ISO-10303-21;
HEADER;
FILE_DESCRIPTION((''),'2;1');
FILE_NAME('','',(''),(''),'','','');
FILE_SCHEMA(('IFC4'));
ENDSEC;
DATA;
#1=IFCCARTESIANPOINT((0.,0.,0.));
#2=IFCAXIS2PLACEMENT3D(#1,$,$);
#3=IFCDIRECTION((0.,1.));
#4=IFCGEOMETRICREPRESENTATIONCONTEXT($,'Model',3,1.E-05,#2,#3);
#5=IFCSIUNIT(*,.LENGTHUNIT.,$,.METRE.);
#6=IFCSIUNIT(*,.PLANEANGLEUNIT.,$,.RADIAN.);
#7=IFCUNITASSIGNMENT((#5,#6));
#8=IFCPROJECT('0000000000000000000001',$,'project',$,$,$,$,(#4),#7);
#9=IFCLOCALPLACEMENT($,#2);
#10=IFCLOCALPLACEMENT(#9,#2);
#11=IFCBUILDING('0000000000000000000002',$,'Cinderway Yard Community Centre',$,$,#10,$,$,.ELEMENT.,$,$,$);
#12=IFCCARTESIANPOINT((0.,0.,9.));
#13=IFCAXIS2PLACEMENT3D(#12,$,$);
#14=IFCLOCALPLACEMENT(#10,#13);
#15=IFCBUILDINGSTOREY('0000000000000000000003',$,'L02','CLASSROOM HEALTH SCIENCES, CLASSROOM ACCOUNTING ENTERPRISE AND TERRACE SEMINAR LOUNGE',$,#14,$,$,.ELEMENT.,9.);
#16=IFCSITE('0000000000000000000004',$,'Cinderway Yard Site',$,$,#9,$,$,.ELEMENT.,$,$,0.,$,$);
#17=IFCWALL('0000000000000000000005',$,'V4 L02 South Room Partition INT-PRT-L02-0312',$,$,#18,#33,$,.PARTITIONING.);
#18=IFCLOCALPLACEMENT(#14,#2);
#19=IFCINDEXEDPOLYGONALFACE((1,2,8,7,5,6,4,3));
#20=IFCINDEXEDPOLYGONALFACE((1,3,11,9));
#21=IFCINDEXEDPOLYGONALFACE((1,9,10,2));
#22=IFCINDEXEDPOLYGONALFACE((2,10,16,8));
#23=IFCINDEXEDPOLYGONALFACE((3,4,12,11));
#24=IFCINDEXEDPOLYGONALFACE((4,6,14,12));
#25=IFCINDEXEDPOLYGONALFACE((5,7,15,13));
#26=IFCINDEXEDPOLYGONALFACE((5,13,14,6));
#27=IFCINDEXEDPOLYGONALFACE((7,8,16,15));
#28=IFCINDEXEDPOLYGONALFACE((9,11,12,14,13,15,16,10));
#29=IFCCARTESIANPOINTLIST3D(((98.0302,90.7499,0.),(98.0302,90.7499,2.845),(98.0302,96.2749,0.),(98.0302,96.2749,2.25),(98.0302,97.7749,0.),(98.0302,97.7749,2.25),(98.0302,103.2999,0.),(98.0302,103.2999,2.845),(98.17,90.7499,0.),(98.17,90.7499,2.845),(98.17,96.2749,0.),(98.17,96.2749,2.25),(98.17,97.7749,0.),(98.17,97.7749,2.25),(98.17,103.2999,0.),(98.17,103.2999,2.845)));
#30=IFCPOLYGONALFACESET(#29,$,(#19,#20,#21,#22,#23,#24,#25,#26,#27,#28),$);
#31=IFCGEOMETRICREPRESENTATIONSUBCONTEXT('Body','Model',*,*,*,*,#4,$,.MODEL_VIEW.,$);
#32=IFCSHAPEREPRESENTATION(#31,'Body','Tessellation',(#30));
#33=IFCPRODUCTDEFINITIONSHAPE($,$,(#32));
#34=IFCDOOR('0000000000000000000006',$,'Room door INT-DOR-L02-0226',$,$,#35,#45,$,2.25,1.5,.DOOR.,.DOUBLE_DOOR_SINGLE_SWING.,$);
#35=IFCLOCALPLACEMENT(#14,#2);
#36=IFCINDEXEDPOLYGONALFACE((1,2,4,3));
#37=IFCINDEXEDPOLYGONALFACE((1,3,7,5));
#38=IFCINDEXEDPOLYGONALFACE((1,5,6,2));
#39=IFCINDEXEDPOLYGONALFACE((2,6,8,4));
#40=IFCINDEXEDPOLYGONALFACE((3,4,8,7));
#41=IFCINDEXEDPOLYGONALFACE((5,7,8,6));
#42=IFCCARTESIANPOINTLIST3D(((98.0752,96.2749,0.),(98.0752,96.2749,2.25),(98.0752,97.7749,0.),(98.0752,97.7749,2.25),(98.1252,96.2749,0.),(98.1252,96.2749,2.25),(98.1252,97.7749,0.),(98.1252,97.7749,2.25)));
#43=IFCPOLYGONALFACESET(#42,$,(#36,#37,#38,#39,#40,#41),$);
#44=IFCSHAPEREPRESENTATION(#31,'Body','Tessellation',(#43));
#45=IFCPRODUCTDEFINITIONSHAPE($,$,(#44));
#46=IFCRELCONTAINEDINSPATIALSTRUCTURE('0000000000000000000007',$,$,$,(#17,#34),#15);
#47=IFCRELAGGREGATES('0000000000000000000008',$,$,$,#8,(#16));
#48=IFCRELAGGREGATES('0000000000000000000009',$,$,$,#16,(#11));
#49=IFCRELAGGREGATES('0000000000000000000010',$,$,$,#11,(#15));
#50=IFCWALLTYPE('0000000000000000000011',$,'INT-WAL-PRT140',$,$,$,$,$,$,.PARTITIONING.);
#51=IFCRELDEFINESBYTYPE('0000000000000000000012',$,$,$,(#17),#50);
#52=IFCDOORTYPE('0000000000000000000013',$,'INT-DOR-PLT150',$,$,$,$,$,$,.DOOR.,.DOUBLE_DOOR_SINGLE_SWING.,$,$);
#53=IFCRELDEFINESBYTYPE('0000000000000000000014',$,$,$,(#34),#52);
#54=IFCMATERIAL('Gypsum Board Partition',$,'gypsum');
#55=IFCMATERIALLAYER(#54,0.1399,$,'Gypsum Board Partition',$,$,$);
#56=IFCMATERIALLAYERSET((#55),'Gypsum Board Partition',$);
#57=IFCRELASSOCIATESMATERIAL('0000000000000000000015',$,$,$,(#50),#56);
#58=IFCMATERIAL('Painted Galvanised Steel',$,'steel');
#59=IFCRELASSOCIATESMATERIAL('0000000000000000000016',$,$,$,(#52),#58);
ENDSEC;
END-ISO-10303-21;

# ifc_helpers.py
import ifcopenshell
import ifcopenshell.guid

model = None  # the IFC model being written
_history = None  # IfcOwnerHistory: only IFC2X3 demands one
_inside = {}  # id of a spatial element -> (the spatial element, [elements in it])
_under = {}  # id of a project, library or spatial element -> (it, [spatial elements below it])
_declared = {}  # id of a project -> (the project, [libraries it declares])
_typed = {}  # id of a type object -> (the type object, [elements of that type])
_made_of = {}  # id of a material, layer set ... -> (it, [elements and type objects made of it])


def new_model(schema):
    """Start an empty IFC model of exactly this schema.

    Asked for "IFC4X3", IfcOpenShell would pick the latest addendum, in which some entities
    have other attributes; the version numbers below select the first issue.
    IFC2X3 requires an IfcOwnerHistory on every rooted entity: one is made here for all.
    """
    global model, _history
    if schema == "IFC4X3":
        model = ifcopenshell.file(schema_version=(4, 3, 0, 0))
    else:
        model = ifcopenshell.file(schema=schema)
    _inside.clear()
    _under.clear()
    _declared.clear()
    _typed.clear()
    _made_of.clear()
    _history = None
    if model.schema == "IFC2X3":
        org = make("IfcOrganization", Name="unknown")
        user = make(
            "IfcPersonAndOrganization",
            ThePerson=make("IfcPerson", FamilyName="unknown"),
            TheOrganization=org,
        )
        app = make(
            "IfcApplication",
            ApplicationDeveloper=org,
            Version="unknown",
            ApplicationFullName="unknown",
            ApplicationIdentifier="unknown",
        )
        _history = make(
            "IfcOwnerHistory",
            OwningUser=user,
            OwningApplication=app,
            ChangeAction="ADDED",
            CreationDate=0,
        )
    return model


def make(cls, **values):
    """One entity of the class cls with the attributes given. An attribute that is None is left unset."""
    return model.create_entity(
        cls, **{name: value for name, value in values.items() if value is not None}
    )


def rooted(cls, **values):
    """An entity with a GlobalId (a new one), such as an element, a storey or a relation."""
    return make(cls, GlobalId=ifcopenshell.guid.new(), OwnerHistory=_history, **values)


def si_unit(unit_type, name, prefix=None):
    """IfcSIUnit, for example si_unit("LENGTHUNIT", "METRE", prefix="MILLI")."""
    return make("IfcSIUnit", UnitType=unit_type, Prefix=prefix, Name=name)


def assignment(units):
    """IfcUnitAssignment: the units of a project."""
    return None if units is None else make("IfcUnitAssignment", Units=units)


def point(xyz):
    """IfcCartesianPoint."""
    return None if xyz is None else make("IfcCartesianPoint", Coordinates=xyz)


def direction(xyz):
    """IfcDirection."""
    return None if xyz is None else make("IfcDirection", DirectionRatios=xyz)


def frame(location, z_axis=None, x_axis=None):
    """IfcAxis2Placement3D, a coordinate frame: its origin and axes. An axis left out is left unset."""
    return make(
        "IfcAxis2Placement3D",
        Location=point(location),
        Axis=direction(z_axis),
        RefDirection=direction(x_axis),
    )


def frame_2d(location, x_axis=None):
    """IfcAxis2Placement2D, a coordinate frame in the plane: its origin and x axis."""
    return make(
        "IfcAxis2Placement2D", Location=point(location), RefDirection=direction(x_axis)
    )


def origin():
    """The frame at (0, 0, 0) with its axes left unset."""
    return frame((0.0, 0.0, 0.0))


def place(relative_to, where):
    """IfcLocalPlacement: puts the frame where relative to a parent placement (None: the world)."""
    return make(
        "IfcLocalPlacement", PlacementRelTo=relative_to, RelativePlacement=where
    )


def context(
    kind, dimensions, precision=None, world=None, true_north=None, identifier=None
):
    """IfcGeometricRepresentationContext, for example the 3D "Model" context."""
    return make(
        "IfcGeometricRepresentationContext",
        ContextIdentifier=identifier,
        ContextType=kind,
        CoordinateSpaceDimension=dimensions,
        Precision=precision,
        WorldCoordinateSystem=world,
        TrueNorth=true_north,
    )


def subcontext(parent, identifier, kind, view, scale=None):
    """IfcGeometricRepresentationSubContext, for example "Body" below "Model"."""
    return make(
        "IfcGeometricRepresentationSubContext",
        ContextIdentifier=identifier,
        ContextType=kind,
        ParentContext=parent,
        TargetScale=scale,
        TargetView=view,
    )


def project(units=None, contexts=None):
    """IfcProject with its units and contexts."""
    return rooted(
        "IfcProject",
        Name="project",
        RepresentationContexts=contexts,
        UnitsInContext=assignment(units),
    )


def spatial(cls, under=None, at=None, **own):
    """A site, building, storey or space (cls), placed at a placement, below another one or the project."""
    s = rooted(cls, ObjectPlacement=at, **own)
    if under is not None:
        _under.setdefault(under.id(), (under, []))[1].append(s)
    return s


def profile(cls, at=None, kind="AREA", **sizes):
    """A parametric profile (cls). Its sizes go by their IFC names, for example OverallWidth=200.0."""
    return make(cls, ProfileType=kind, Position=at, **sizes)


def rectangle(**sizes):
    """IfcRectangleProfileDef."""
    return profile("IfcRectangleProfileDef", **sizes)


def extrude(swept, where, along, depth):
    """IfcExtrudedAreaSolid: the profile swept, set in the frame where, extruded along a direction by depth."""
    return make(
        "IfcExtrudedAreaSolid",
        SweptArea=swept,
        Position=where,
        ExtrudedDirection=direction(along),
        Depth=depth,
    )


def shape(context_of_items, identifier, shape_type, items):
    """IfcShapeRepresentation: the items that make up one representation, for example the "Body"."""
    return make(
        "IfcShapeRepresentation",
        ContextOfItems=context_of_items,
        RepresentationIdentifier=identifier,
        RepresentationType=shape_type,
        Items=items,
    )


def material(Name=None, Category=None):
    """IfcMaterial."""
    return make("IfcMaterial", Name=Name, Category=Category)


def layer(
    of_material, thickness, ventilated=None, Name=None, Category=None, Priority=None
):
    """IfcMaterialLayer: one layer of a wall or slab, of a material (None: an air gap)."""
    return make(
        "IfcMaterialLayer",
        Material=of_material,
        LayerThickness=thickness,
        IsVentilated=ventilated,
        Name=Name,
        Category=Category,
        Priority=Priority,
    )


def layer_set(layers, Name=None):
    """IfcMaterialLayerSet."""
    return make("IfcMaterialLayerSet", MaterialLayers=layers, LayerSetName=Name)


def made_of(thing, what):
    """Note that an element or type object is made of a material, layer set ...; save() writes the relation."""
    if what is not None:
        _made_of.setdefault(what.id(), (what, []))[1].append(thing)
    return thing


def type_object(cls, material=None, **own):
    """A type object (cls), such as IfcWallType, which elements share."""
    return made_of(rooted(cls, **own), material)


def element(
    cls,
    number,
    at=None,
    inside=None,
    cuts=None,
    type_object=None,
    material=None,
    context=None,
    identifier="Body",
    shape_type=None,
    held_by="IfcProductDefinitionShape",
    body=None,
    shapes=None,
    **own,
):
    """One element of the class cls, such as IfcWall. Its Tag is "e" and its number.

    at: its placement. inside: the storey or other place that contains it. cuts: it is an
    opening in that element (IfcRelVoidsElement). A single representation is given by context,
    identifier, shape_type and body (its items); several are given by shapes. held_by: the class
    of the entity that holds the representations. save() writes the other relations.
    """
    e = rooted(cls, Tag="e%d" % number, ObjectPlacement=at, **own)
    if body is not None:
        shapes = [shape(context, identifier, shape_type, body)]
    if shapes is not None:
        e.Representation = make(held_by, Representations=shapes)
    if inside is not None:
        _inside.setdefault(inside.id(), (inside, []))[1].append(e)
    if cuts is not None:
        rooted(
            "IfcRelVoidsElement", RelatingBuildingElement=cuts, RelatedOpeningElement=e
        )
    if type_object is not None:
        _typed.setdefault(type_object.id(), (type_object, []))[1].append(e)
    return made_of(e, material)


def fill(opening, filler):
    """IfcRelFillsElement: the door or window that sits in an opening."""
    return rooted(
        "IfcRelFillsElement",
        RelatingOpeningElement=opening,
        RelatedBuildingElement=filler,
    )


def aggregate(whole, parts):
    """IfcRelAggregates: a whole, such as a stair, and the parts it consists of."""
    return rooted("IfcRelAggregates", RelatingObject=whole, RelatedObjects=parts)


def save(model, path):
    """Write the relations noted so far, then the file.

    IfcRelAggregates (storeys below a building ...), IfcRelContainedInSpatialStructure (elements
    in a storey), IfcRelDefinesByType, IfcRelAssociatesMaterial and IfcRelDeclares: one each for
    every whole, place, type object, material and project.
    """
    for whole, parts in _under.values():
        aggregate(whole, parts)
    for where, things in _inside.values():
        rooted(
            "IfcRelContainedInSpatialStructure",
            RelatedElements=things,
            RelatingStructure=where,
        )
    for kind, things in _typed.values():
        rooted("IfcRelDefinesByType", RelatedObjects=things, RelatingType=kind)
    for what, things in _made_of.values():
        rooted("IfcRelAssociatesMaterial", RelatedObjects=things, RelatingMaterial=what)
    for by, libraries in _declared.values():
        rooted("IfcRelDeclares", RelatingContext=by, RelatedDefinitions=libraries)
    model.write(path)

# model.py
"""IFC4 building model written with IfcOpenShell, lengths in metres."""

from ifc_helpers import new_model, si_unit, direction, frame, frame_2d, origin, place, context, subcontext, project, spatial, rectangle, extrude, material, layer, layer_set, type_object, element, fill, save


model = new_model("IFC4")

# Units and contexts
model_context = context("Model", 3, precision=1e-05, world=origin(), true_north=direction((0.0, 1.0)))
body_context = subcontext(model_context, "Body", "Model", "MODEL_VIEW")
ifc_project = project(units=[si_unit("LENGTHUNIT", "METRE"), si_unit("PLANEANGLEUNIT", "RADIAN")], contexts=[model_context])

# Site, building, storey
site_placement = place(None, origin())
site = spatial("IfcSite", under=ifc_project, at=site_placement, Name="Cinderway Yard Site", CompositionType="ELEMENT", RefElevation=0.0)
building_placement = place(site_placement, origin())
building = spatial("IfcBuilding", under=site, at=building_placement, Name="Cinderway Yard Community Centre", CompositionType="ELEMENT")
storey_placement = place(building_placement, frame((0.0, 0.0, 9.0)))
storey = spatial("IfcBuildingStorey", under=building, at=storey_placement, Name="L02", Description="CLASSROOM HEALTH SCIENCES, CLASSROOM ACCOUNTING ENTERPRISE AND TERRACE SEMINAR LOUNGE", CompositionType="ELEMENT", Elevation=9.0)

# Wall, opening, door
ifc_material_1 = material(Name="Gypsum Board Partition", Category="gypsum")
ifc_layer_1 = layer(ifc_material_1, 0.1399, Name="Gypsum Board Partition")
ifc_layer_set_1 = layer_set([ifc_layer_1], Name="Gypsum Board Partition")
wall_type = type_object("IfcWallType", Name="INT-WAL-PRT140", PredefinedType="PARTITIONING", material=ifc_layer_set_1)
wall_placement = place(storey_placement, frame((98.1001, 90.75, 0.0), z_axis=(0.0, 0.0, 1.0), x_axis=(0.0, 1.0, 0.0)))
wall = element("IfcWall", 1, at=wall_placement, inside=storey, type_object=wall_type, Name="V4 L02 South Room Partition INT-PRT-L02-0312", PredefinedType="PARTITIONING", context=body_context, shape_type="SweptSolid", body=[
    extrude(rectangle(XDim=12.55, YDim=0.1399, at=frame_2d((6.2749, 0.0))), origin(), (0.0, 0.0, 1.0), 2.845),
])
opening_placement = place(wall_placement, frame((5.5249, 0.0, 0.0)))
opening = element("IfcOpeningElement", 2, at=opening_placement, cuts=wall, PredefinedType="OPENING", context=body_context, shape_type="SweptSolid", body=[
    extrude(rectangle(XDim=1.5, YDim=2.25, at=frame_2d((0.75, 1.125))), frame((0.0, 0.0798, 0.0), z_axis=(0.0, -1.0, 0.0), x_axis=(1.0, 0.0, 0.0)), (0.0, 0.0, 1.0), 0.1599),
])
ifc_material_2 = material(Name="Painted Galvanised Steel", Category="steel")
door_type = type_object("IfcDoorType", Name="INT-DOR-PLT150", OperationType="DOUBLE_DOOR_SINGLE_SWING", PredefinedType="DOOR", material=ifc_material_2)
door_placement = place(opening_placement, origin())
door = element("IfcDoor", 3, at=door_placement, inside=storey, type_object=door_type, Name="Room door INT-DOR-L02-0226", OperationType="DOUBLE_DOOR_SINGLE_SWING", OverallHeight=2.25, OverallWidth=1.5, PredefinedType="DOOR", context=body_context, shape_type="SweptSolid", body=[
    extrude(rectangle(XDim=1.5, YDim=2.25, at=frame_2d((0.75, 1.125))), frame((0.0, 0.0249, 0.0), z_axis=(0.0, -1.0, 0.0), x_axis=(1.0, 0.0, 0.0)), (0.0, 0.0, 1.0), 0.05),
])
fill(opening, door)

save(model, "model.ifc")
